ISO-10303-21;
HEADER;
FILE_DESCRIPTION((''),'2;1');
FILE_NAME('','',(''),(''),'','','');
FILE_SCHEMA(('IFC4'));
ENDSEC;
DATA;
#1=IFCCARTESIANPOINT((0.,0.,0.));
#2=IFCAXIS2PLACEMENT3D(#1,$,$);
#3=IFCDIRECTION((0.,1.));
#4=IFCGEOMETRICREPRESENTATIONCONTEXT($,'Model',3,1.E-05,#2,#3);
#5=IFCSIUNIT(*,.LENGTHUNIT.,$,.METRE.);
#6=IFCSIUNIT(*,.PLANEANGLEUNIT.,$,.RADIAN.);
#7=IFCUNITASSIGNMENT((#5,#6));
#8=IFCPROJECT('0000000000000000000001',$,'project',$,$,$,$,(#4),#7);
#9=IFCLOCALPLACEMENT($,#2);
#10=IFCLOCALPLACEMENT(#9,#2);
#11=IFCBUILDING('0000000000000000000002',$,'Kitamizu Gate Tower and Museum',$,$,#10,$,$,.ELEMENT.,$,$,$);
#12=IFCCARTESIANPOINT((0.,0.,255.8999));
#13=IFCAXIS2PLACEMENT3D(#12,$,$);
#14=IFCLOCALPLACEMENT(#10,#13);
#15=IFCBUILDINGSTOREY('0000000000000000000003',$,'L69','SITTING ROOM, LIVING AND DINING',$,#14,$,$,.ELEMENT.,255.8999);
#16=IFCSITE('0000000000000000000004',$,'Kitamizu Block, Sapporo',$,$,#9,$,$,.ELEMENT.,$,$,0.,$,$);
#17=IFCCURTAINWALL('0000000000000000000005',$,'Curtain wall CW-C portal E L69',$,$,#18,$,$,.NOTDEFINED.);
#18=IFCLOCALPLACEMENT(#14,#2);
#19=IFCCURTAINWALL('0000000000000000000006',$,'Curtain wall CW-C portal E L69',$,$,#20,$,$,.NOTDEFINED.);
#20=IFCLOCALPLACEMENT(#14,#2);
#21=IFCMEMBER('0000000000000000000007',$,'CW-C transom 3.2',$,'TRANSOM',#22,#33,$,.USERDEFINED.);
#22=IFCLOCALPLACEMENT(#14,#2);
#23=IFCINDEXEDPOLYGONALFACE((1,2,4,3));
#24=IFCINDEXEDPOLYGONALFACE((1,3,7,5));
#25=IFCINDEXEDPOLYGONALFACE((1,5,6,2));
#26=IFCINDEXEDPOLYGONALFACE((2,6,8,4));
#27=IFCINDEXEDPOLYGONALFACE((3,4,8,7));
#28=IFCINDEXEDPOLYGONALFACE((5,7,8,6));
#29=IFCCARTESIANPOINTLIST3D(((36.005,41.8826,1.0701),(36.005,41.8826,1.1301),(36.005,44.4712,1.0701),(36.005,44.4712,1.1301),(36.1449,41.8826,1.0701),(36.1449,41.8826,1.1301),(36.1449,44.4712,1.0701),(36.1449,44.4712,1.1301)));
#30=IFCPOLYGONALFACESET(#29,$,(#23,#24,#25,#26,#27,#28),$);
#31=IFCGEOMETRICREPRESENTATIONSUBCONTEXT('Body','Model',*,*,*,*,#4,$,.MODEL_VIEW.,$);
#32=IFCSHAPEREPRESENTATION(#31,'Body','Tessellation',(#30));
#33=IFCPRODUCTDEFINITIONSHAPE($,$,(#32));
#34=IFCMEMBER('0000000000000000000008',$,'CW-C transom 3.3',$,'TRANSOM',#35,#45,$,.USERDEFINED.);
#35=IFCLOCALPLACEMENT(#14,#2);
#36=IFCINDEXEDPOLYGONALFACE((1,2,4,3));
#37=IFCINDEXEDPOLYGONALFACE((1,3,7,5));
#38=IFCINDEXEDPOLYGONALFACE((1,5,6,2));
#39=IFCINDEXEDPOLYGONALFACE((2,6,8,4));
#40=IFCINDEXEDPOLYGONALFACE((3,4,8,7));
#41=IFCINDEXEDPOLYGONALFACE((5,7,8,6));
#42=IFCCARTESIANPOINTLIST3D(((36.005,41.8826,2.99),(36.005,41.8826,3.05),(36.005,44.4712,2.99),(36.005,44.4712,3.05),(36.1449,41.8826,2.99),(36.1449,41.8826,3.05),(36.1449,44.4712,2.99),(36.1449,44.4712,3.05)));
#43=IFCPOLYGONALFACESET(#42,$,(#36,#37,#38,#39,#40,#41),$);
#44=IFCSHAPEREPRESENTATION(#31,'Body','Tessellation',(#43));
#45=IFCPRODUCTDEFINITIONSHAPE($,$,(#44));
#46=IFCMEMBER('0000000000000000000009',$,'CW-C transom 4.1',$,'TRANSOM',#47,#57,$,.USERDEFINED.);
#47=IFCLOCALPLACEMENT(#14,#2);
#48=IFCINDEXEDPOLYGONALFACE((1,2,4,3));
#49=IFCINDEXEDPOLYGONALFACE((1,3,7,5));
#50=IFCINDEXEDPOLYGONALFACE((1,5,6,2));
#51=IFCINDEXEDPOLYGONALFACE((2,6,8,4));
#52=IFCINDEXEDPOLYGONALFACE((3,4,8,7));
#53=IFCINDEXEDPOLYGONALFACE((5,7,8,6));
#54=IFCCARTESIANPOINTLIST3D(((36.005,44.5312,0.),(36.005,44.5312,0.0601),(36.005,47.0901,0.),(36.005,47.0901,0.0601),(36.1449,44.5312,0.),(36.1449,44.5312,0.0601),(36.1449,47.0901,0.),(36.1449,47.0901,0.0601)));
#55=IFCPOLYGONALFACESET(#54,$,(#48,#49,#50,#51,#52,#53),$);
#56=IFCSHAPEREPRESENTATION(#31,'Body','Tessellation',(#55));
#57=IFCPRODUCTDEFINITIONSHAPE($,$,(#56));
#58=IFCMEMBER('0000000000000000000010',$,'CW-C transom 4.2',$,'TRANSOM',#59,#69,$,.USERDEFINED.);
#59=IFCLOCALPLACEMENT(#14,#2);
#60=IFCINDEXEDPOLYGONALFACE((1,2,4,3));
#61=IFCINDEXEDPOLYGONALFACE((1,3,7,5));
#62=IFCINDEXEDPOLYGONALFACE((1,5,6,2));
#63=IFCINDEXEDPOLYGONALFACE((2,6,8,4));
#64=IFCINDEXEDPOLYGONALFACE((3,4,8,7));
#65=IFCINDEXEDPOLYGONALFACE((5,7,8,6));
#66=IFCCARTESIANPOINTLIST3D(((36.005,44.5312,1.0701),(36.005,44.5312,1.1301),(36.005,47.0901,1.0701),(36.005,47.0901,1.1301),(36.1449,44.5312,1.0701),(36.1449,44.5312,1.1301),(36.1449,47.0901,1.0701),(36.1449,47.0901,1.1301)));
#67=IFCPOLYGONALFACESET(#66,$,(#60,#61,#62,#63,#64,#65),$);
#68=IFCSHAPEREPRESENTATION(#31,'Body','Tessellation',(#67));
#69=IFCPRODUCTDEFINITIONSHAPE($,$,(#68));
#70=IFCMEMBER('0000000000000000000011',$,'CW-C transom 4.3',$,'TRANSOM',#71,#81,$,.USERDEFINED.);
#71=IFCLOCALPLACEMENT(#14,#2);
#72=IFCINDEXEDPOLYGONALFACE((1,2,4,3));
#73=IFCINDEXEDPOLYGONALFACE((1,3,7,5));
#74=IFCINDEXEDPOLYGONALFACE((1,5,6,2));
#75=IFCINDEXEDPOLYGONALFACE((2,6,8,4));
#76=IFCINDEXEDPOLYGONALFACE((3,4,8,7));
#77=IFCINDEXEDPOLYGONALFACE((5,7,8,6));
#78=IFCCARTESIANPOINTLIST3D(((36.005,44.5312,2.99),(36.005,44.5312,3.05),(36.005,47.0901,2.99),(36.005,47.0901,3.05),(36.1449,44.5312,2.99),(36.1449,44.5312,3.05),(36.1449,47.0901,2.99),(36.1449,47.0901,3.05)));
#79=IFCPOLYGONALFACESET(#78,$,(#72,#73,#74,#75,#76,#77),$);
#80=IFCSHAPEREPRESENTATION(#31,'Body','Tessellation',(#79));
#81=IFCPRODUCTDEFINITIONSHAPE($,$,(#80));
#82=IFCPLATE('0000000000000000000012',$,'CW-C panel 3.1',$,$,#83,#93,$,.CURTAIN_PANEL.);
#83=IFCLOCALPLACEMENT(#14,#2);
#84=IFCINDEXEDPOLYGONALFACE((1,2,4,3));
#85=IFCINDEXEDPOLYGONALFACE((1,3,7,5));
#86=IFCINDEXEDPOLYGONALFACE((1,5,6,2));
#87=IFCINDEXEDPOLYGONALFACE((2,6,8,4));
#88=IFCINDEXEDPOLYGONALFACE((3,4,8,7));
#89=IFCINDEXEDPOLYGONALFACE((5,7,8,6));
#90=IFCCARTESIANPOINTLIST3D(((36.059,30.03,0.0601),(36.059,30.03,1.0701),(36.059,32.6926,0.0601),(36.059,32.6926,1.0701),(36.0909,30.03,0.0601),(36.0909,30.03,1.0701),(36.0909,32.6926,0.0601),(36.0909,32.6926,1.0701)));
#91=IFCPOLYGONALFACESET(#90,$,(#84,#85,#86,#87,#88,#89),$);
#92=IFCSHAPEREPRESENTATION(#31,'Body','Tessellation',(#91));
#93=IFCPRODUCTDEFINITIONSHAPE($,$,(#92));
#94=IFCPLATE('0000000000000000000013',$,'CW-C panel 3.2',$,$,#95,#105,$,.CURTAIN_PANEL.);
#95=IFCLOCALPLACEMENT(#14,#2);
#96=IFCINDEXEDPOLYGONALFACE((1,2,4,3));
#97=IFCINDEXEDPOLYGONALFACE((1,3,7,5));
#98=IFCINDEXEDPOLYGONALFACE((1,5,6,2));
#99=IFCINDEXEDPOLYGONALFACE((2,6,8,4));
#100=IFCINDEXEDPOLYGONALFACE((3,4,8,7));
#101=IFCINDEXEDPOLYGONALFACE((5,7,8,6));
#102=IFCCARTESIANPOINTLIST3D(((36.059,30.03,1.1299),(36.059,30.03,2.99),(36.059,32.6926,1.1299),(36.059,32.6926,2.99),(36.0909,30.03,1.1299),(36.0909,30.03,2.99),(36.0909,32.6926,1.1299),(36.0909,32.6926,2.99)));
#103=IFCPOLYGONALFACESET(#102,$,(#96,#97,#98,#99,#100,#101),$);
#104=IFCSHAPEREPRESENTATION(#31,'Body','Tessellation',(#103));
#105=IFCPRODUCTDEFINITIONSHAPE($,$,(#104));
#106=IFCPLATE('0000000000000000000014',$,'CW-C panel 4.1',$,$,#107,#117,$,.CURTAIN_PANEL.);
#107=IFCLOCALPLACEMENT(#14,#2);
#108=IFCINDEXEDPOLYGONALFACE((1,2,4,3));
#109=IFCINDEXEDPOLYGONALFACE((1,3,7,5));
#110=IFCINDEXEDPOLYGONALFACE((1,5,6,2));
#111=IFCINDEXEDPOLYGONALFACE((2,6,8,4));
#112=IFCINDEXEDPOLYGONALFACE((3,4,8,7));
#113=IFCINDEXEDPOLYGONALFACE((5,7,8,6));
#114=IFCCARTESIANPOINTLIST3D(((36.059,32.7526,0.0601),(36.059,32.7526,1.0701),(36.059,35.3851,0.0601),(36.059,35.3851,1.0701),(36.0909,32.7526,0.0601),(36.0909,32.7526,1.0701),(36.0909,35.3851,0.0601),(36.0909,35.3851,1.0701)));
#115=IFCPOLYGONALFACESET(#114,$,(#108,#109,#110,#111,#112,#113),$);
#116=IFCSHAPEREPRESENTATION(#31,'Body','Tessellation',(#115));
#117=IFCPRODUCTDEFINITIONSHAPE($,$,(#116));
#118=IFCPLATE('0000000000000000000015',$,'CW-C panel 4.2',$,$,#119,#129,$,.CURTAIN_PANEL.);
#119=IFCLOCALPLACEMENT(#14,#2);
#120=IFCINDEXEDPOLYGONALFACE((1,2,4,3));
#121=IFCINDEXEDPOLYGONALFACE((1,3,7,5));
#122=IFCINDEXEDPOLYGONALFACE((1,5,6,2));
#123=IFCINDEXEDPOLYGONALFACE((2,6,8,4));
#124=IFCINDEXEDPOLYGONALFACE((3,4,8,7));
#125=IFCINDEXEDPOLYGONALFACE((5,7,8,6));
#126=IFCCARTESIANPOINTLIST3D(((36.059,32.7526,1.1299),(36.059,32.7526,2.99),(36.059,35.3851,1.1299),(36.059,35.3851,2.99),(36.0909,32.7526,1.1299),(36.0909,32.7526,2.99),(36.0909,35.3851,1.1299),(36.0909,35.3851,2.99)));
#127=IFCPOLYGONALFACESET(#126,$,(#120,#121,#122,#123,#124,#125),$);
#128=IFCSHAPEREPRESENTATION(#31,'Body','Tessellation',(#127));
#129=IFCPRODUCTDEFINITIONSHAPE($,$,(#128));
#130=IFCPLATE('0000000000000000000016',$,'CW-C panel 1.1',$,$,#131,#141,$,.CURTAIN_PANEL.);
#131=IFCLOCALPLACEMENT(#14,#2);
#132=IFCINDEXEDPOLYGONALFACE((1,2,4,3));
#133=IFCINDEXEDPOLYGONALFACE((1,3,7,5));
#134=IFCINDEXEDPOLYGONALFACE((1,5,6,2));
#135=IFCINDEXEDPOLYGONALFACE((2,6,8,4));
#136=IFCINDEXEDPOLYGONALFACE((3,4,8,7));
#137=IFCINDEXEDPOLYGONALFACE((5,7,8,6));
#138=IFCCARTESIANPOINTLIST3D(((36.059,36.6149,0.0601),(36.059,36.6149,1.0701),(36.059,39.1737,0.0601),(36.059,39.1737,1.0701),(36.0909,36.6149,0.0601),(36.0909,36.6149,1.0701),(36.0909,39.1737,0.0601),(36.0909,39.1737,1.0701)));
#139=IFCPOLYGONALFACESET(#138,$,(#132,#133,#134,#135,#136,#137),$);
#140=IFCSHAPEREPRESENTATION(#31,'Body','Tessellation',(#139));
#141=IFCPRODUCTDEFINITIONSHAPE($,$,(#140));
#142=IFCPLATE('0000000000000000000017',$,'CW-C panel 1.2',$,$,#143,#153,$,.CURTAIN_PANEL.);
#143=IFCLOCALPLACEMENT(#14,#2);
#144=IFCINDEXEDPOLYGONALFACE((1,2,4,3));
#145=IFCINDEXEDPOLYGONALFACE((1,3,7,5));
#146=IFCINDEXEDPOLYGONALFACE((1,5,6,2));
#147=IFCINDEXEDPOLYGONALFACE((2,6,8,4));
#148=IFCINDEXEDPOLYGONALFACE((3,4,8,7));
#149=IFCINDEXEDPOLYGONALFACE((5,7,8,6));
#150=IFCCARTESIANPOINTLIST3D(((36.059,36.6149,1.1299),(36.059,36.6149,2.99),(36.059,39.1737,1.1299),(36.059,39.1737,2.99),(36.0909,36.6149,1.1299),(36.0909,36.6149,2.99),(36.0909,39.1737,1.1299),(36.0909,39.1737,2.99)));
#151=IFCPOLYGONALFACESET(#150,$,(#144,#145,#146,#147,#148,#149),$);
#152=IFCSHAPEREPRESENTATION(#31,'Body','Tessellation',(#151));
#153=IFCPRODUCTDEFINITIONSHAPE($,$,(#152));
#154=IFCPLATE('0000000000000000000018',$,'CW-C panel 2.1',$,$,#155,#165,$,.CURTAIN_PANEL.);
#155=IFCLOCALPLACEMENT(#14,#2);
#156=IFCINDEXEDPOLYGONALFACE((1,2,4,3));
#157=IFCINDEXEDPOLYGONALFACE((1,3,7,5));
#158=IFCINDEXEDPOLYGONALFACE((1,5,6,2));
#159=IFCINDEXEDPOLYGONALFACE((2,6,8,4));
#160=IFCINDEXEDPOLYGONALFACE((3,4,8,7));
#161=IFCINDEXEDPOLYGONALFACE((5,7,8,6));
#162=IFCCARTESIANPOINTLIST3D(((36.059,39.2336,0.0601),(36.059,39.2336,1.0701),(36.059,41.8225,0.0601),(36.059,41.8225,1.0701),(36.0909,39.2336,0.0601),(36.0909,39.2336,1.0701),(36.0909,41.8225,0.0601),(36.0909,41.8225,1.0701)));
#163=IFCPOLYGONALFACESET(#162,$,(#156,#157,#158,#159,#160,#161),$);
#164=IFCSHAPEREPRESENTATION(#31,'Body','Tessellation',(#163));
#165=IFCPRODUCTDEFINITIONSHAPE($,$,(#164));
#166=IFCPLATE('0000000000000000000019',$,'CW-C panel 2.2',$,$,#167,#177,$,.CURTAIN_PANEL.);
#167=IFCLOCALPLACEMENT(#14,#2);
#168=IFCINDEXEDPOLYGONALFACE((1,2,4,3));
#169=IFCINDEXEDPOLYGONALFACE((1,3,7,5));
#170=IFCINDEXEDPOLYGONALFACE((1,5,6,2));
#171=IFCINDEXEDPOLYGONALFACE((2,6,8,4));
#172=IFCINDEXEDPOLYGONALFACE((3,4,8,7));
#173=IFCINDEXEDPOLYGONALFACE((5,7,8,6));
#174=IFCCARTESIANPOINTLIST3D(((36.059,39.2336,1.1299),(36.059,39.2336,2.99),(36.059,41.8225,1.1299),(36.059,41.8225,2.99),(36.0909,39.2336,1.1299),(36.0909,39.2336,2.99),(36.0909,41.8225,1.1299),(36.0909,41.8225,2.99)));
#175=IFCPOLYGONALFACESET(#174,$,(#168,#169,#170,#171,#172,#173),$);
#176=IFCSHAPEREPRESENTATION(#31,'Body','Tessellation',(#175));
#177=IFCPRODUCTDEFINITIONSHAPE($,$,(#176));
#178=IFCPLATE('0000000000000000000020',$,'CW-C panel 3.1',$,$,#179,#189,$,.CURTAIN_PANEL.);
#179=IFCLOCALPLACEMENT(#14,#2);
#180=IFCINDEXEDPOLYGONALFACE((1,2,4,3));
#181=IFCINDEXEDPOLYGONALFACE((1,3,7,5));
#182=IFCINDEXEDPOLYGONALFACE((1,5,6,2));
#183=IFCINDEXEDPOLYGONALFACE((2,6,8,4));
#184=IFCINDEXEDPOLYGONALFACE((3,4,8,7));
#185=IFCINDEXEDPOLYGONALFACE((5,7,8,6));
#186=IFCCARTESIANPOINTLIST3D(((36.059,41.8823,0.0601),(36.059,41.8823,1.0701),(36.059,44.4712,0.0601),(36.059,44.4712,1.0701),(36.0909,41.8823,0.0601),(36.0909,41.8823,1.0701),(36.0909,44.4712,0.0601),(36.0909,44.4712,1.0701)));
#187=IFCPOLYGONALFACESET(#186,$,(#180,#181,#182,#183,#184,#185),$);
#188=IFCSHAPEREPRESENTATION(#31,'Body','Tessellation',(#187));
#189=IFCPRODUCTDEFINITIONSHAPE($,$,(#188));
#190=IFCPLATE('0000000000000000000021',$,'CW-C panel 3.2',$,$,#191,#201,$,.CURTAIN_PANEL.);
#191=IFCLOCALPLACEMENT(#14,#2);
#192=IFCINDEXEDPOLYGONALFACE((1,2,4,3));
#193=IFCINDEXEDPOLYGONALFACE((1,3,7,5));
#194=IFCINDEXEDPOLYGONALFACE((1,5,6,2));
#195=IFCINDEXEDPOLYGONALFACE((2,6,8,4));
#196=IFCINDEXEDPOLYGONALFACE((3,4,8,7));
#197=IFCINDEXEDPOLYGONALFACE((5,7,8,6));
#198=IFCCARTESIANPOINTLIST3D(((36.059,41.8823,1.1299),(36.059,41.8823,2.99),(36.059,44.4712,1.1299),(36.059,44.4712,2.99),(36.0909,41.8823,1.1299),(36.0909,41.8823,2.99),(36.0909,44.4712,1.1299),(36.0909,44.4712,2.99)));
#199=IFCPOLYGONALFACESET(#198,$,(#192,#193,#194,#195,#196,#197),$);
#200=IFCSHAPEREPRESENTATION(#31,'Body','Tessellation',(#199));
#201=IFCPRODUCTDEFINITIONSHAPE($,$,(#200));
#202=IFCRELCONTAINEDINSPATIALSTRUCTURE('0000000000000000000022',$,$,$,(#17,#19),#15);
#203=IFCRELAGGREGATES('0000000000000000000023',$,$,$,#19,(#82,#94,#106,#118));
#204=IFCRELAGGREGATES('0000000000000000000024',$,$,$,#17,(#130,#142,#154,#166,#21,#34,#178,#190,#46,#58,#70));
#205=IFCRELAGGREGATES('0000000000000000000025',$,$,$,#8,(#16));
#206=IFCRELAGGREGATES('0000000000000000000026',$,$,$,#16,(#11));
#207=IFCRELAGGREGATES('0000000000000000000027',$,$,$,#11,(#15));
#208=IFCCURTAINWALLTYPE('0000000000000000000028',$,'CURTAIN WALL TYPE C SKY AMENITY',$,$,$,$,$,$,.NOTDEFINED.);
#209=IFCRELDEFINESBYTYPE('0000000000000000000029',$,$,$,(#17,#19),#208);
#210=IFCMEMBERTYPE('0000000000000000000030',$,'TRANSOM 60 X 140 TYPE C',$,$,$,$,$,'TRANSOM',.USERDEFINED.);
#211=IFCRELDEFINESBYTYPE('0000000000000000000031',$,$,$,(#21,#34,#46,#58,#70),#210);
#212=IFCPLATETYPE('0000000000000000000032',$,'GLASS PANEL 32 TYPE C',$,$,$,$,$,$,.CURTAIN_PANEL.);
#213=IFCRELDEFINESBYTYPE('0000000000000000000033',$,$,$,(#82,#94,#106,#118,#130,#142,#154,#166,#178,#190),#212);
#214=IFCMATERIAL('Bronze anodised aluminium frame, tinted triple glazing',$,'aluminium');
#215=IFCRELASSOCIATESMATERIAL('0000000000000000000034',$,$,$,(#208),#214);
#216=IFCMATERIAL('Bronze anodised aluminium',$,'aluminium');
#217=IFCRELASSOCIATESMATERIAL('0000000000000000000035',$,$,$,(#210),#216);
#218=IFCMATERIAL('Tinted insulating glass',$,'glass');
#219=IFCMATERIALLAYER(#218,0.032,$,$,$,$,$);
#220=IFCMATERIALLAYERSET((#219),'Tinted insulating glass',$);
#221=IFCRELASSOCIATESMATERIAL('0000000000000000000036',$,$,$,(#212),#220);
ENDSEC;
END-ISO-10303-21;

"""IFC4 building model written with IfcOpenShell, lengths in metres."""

from ifc_helpers import new_model, si_unit, direction, frame, origin, origin_2d, place, context, subcontext, project, spatial, rectangle, extrude, material, layer, layer_set, material_profile, profile_set, type_object, element, aggregate, save


model = new_model("IFC4")

# Units and contexts
model_context = context("Model", 3, precision=1e-05, world=origin(), true_north=direction((0.0, 1.0)))
body_context = subcontext(model_context, "Body", "Model", "MODEL_VIEW")
ifc_project = project(units=[si_unit("LENGTHUNIT", "METRE"), si_unit("PLANEANGLEUNIT", "RADIAN")], contexts=[model_context])

# Site, building, storey
site_placement = place(None, origin())
site = spatial("IfcSite", under=ifc_project, at=site_placement, Name="Kitamizu Block, Sapporo", CompositionType="ELEMENT", RefElevation=0.0)
building_placement = place(site_placement, origin())
building = spatial("IfcBuilding", under=site, at=building_placement, Name="Kitamizu Gate Tower and Museum", CompositionType="ELEMENT")
storey_placement = place(building_placement, frame((0.0, 0.0, 255.8999)))
storey = spatial("IfcBuildingStorey", under=building, at=storey_placement, Name="L69", Description="SITTING ROOM, LIVING AND DINING", CompositionType="ELEMENT", Elevation=255.8999)

# Curtain walls
ifc_material_1 = material(Name="Bronze anodised aluminium frame, tinted triple glazing", Category="aluminium")
curtain_wall_type = type_object("IfcCurtainWallType", Name="CURTAIN WALL TYPE C SKY AMENITY", PredefinedType="NOTDEFINED", material=ifc_material_1)
curtain_wall_1_placement = place(storey_placement, origin())
curtain_wall_1 = element("IfcCurtainWall", 1, at=curtain_wall_1_placement, inside=storey, type_object=curtain_wall_type, Name="Curtain wall CW-C portal E L69", PredefinedType="NOTDEFINED")
curtain_wall_2_placement = place(storey_placement, origin())
curtain_wall_2 = element("IfcCurtainWall", 2, at=curtain_wall_2_placement, inside=storey, type_object=curtain_wall_type, Name="Curtain wall CW-C portal E L69", PredefinedType="NOTDEFINED")
ifc_material_2 = material(Name="Bronze anodised aluminium", Category="aluminium")
ifc_material_profile_1 = material_profile(ifc_material_2, rectangle(XDim=0.1399, YDim=0.0601, at=origin_2d()), Name="AL 60X140")
ifc_profile_set_1 = profile_set([ifc_material_profile_1], Name="Bronze anodised aluminium")
member_type_1 = type_object("IfcMemberType", Name="TRANSOM 60 X 140 TYPE C", ElementType="TRANSOM", PredefinedType="USERDEFINED", material=ifc_profile_set_1)

# Members
member_1_placement = place(storey_placement, frame((36.075, 41.8826, 1.1001), z_axis=(0.0, 1.0, 0.0), x_axis=(-1.0, 0.0, 0.0)))
member_1 = element("IfcMember", 3, at=member_1_placement, type_object=member_type_1, Name="CW-C transom 3.2", ObjectType="TRANSOM", PredefinedType="USERDEFINED", context=body_context, shape_type="SweptSolid", body=[
    extrude(rectangle(XDim=0.1399, YDim=0.0601, at=origin_2d()), origin(), (0.0, 0.0, 1.0), 2.5886),
])
member_2_placement = place(storey_placement, frame((36.075, 41.8826, 3.02), z_axis=(0.0, 1.0, 0.0), x_axis=(-1.0, 0.0, 0.0)))
member_2 = element("IfcMember", 4, at=member_2_placement, type_object=member_type_1, Name="CW-C transom 3.3", ObjectType="TRANSOM", PredefinedType="USERDEFINED", context=body_context, shape_type="SweptSolid", body=[
    extrude(rectangle(XDim=0.1399, YDim=0.0601, at=origin_2d()), origin(), (0.0, 0.0, 1.0), 2.5886),
])
member_3_placement = place(storey_placement, frame((36.075, 44.5312, 0.03), z_axis=(0.0, 1.0, 0.0), x_axis=(-1.0, 0.0, 0.0)))
member_3 = element("IfcMember", 5, at=member_3_placement, type_object=member_type_1, Name="CW-C transom 4.1", ObjectType="TRANSOM", PredefinedType="USERDEFINED", context=body_context, shape_type="SweptSolid", body=[
    extrude(rectangle(XDim=0.1399, YDim=0.0601, at=origin_2d()), origin(), (0.0, 0.0, 1.0), 2.5588),
])
member_4_placement = place(storey_placement, frame((36.075, 44.5312, 1.1001), z_axis=(0.0, 1.0, 0.0), x_axis=(-1.0, 0.0, 0.0)))
member_4 = element("IfcMember", 6, at=member_4_placement, type_object=member_type_1, Name="CW-C transom 4.2", ObjectType="TRANSOM", PredefinedType="USERDEFINED", context=body_context, shape_type="SweptSolid", body=[
    extrude(rectangle(XDim=0.1399, YDim=0.0601, at=origin_2d()), origin(), (0.0, 0.0, 1.0), 2.5588),
])
member_5_placement = place(storey_placement, frame((36.075, 44.5312, 3.02), z_axis=(0.0, 1.0, 0.0), x_axis=(-1.0, 0.0, 0.0)))
member_5 = element("IfcMember", 7, at=member_5_placement, type_object=member_type_1, Name="CW-C transom 4.3", ObjectType="TRANSOM", PredefinedType="USERDEFINED", context=body_context, shape_type="SweptSolid", body=[
    extrude(rectangle(XDim=0.1399, YDim=0.0601, at=origin_2d()), origin(), (0.0, 0.0, 1.0), 2.5588),
])

# Plates
ifc_material_3 = material(Name="Tinted insulating glass", Category="glass")
ifc_layer_1 = layer(ifc_material_3, 0.032)
ifc_layer_set_1 = layer_set([ifc_layer_1], Name="Tinted insulating glass")
plate_type = type_object("IfcPlateType", Name="GLASS PANEL 32 TYPE C", PredefinedType="CURTAIN_PANEL", material=ifc_layer_set_1)
plate_1_placement = place(storey_placement, frame((36.075, 31.3613, 0.0601), z_axis=(0.0, 0.0, 1.0), x_axis=(0.0, 1.0, 0.0)))
plate_1 = element("IfcPlate", 8, at=plate_1_placement, type_object=plate_type, Name="CW-C panel 3.1", PredefinedType="CURTAIN_PANEL", context=body_context, shape_type="SweptSolid", body=[
    extrude(rectangle(XDim=2.6626, YDim=0.032, at=origin_2d()), origin(), (0.0, 0.0, 1.0), 1.01),
])
plate_2_placement = place(storey_placement, frame((36.075, 31.3613, 1.1299), z_axis=(0.0, 0.0, 1.0), x_axis=(0.0, 1.0, 0.0)))
plate_2 = element("IfcPlate", 9, at=plate_2_placement, type_object=plate_type, Name="CW-C panel 3.2", PredefinedType="CURTAIN_PANEL", context=body_context, shape_type="SweptSolid", body=[
    extrude(rectangle(XDim=2.6626, YDim=0.032, at=origin_2d()), origin(), (0.0, 0.0, 1.0), 1.8601),
])
plate_3_placement = place(storey_placement, frame((36.075, 34.0688, 0.0601), z_axis=(0.0, 0.0, 1.0), x_axis=(0.0, 1.0, 0.0)))
plate_3 = element("IfcPlate", 10, at=plate_3_placement, type_object=plate_type, Name="CW-C panel 4.1", PredefinedType="CURTAIN_PANEL", context=body_context, shape_type="SweptSolid", body=[
    extrude(rectangle(XDim=2.6326, YDim=0.032, at=origin_2d()), origin(), (0.0, 0.0, 1.0), 1.01),
])
plate_4_placement = place(storey_placement, frame((36.075, 34.0688, 1.1299), z_axis=(0.0, 0.0, 1.0), x_axis=(0.0, 1.0, 0.0)))
plate_4 = element("IfcPlate", 11, at=plate_4_placement, type_object=plate_type, Name="CW-C panel 4.2", PredefinedType="CURTAIN_PANEL", context=body_context, shape_type="SweptSolid", body=[
    extrude(rectangle(XDim=2.6326, YDim=0.032, at=origin_2d()), origin(), (0.0, 0.0, 1.0), 1.8601),
])
aggregate(curtain_wall_2, [plate_1, plate_2, plate_3, plate_4])
plate_5_placement = place(storey_placement, frame((36.075, 37.8943, 0.0601), z_axis=(0.0, 0.0, 1.0), x_axis=(0.0, 1.0, 0.0)))
plate_5 = element("IfcPlate", 12, at=plate_5_placement, type_object=plate_type, Name="CW-C panel 1.1", PredefinedType="CURTAIN_PANEL", context=body_context, shape_type="SweptSolid", body=[
    extrude(rectangle(XDim=2.5588, YDim=0.032, at=origin_2d()), origin(), (0.0, 0.0, 1.0), 1.01),
])
plate_6_placement = place(storey_placement, frame((36.075, 37.8943, 1.1299), z_axis=(0.0, 0.0, 1.0), x_axis=(0.0, 1.0, 0.0)))
plate_6 = element("IfcPlate", 13, at=plate_6_placement, type_object=plate_type, Name="CW-C panel 1.2", PredefinedType="CURTAIN_PANEL", context=body_context, shape_type="SweptSolid", body=[
    extrude(rectangle(XDim=2.5588, YDim=0.032, at=origin_2d()), origin(), (0.0, 0.0, 1.0), 1.8601),
])
plate_7_placement = place(storey_placement, frame((36.075, 40.5281, 0.0601), z_axis=(0.0, 0.0, 1.0), x_axis=(0.0, 1.0, 0.0)))
plate_7 = element("IfcPlate", 14, at=plate_7_placement, type_object=plate_type, Name="CW-C panel 2.1", PredefinedType="CURTAIN_PANEL", context=body_context, shape_type="SweptSolid", body=[
    extrude(rectangle(XDim=2.5889, YDim=0.032, at=origin_2d()), origin(), (0.0, 0.0, 1.0), 1.01),
])
plate_8_placement = place(storey_placement, frame((36.075, 40.5281, 1.1299), z_axis=(0.0, 0.0, 1.0), x_axis=(0.0, 1.0, 0.0)))
plate_8 = element("IfcPlate", 15, at=plate_8_placement, type_object=plate_type, Name="CW-C panel 2.2", PredefinedType="CURTAIN_PANEL", context=body_context, shape_type="SweptSolid", body=[
    extrude(rectangle(XDim=2.5889, YDim=0.032, at=origin_2d()), origin(), (0.0, 0.0, 1.0), 1.8601),
])
plate_9_placement = place(storey_placement, frame((36.075, 43.1768, 0.0601), z_axis=(0.0, 0.0, 1.0), x_axis=(0.0, 1.0, 0.0)))
plate_9 = element("IfcPlate", 16, at=plate_9_placement, type_object=plate_type, Name="CW-C panel 3.1", PredefinedType="CURTAIN_PANEL", context=body_context, shape_type="SweptSolid", body=[
    extrude(rectangle(XDim=2.5889, YDim=0.032, at=origin_2d()), origin(), (0.0, 0.0, 1.0), 1.01),
])
plate_10_placement = place(storey_placement, frame((36.075, 43.1768, 1.1299), z_axis=(0.0, 0.0, 1.0), x_axis=(0.0, 1.0, 0.0)))
plate_10 = element("IfcPlate", 17, at=plate_10_placement, type_object=plate_type, Name="CW-C panel 3.2", PredefinedType="CURTAIN_PANEL", context=body_context, shape_type="SweptSolid", body=[
    extrude(rectangle(XDim=2.5889, YDim=0.032, at=origin_2d()), origin(), (0.0, 0.0, 1.0), 1.8601),
])
aggregate(curtain_wall_1, [plate_5, plate_6, plate_7, plate_8, member_1, member_2, plate_9, plate_10, member_3, member_4, member_5])

save(model, "model.ifc")
